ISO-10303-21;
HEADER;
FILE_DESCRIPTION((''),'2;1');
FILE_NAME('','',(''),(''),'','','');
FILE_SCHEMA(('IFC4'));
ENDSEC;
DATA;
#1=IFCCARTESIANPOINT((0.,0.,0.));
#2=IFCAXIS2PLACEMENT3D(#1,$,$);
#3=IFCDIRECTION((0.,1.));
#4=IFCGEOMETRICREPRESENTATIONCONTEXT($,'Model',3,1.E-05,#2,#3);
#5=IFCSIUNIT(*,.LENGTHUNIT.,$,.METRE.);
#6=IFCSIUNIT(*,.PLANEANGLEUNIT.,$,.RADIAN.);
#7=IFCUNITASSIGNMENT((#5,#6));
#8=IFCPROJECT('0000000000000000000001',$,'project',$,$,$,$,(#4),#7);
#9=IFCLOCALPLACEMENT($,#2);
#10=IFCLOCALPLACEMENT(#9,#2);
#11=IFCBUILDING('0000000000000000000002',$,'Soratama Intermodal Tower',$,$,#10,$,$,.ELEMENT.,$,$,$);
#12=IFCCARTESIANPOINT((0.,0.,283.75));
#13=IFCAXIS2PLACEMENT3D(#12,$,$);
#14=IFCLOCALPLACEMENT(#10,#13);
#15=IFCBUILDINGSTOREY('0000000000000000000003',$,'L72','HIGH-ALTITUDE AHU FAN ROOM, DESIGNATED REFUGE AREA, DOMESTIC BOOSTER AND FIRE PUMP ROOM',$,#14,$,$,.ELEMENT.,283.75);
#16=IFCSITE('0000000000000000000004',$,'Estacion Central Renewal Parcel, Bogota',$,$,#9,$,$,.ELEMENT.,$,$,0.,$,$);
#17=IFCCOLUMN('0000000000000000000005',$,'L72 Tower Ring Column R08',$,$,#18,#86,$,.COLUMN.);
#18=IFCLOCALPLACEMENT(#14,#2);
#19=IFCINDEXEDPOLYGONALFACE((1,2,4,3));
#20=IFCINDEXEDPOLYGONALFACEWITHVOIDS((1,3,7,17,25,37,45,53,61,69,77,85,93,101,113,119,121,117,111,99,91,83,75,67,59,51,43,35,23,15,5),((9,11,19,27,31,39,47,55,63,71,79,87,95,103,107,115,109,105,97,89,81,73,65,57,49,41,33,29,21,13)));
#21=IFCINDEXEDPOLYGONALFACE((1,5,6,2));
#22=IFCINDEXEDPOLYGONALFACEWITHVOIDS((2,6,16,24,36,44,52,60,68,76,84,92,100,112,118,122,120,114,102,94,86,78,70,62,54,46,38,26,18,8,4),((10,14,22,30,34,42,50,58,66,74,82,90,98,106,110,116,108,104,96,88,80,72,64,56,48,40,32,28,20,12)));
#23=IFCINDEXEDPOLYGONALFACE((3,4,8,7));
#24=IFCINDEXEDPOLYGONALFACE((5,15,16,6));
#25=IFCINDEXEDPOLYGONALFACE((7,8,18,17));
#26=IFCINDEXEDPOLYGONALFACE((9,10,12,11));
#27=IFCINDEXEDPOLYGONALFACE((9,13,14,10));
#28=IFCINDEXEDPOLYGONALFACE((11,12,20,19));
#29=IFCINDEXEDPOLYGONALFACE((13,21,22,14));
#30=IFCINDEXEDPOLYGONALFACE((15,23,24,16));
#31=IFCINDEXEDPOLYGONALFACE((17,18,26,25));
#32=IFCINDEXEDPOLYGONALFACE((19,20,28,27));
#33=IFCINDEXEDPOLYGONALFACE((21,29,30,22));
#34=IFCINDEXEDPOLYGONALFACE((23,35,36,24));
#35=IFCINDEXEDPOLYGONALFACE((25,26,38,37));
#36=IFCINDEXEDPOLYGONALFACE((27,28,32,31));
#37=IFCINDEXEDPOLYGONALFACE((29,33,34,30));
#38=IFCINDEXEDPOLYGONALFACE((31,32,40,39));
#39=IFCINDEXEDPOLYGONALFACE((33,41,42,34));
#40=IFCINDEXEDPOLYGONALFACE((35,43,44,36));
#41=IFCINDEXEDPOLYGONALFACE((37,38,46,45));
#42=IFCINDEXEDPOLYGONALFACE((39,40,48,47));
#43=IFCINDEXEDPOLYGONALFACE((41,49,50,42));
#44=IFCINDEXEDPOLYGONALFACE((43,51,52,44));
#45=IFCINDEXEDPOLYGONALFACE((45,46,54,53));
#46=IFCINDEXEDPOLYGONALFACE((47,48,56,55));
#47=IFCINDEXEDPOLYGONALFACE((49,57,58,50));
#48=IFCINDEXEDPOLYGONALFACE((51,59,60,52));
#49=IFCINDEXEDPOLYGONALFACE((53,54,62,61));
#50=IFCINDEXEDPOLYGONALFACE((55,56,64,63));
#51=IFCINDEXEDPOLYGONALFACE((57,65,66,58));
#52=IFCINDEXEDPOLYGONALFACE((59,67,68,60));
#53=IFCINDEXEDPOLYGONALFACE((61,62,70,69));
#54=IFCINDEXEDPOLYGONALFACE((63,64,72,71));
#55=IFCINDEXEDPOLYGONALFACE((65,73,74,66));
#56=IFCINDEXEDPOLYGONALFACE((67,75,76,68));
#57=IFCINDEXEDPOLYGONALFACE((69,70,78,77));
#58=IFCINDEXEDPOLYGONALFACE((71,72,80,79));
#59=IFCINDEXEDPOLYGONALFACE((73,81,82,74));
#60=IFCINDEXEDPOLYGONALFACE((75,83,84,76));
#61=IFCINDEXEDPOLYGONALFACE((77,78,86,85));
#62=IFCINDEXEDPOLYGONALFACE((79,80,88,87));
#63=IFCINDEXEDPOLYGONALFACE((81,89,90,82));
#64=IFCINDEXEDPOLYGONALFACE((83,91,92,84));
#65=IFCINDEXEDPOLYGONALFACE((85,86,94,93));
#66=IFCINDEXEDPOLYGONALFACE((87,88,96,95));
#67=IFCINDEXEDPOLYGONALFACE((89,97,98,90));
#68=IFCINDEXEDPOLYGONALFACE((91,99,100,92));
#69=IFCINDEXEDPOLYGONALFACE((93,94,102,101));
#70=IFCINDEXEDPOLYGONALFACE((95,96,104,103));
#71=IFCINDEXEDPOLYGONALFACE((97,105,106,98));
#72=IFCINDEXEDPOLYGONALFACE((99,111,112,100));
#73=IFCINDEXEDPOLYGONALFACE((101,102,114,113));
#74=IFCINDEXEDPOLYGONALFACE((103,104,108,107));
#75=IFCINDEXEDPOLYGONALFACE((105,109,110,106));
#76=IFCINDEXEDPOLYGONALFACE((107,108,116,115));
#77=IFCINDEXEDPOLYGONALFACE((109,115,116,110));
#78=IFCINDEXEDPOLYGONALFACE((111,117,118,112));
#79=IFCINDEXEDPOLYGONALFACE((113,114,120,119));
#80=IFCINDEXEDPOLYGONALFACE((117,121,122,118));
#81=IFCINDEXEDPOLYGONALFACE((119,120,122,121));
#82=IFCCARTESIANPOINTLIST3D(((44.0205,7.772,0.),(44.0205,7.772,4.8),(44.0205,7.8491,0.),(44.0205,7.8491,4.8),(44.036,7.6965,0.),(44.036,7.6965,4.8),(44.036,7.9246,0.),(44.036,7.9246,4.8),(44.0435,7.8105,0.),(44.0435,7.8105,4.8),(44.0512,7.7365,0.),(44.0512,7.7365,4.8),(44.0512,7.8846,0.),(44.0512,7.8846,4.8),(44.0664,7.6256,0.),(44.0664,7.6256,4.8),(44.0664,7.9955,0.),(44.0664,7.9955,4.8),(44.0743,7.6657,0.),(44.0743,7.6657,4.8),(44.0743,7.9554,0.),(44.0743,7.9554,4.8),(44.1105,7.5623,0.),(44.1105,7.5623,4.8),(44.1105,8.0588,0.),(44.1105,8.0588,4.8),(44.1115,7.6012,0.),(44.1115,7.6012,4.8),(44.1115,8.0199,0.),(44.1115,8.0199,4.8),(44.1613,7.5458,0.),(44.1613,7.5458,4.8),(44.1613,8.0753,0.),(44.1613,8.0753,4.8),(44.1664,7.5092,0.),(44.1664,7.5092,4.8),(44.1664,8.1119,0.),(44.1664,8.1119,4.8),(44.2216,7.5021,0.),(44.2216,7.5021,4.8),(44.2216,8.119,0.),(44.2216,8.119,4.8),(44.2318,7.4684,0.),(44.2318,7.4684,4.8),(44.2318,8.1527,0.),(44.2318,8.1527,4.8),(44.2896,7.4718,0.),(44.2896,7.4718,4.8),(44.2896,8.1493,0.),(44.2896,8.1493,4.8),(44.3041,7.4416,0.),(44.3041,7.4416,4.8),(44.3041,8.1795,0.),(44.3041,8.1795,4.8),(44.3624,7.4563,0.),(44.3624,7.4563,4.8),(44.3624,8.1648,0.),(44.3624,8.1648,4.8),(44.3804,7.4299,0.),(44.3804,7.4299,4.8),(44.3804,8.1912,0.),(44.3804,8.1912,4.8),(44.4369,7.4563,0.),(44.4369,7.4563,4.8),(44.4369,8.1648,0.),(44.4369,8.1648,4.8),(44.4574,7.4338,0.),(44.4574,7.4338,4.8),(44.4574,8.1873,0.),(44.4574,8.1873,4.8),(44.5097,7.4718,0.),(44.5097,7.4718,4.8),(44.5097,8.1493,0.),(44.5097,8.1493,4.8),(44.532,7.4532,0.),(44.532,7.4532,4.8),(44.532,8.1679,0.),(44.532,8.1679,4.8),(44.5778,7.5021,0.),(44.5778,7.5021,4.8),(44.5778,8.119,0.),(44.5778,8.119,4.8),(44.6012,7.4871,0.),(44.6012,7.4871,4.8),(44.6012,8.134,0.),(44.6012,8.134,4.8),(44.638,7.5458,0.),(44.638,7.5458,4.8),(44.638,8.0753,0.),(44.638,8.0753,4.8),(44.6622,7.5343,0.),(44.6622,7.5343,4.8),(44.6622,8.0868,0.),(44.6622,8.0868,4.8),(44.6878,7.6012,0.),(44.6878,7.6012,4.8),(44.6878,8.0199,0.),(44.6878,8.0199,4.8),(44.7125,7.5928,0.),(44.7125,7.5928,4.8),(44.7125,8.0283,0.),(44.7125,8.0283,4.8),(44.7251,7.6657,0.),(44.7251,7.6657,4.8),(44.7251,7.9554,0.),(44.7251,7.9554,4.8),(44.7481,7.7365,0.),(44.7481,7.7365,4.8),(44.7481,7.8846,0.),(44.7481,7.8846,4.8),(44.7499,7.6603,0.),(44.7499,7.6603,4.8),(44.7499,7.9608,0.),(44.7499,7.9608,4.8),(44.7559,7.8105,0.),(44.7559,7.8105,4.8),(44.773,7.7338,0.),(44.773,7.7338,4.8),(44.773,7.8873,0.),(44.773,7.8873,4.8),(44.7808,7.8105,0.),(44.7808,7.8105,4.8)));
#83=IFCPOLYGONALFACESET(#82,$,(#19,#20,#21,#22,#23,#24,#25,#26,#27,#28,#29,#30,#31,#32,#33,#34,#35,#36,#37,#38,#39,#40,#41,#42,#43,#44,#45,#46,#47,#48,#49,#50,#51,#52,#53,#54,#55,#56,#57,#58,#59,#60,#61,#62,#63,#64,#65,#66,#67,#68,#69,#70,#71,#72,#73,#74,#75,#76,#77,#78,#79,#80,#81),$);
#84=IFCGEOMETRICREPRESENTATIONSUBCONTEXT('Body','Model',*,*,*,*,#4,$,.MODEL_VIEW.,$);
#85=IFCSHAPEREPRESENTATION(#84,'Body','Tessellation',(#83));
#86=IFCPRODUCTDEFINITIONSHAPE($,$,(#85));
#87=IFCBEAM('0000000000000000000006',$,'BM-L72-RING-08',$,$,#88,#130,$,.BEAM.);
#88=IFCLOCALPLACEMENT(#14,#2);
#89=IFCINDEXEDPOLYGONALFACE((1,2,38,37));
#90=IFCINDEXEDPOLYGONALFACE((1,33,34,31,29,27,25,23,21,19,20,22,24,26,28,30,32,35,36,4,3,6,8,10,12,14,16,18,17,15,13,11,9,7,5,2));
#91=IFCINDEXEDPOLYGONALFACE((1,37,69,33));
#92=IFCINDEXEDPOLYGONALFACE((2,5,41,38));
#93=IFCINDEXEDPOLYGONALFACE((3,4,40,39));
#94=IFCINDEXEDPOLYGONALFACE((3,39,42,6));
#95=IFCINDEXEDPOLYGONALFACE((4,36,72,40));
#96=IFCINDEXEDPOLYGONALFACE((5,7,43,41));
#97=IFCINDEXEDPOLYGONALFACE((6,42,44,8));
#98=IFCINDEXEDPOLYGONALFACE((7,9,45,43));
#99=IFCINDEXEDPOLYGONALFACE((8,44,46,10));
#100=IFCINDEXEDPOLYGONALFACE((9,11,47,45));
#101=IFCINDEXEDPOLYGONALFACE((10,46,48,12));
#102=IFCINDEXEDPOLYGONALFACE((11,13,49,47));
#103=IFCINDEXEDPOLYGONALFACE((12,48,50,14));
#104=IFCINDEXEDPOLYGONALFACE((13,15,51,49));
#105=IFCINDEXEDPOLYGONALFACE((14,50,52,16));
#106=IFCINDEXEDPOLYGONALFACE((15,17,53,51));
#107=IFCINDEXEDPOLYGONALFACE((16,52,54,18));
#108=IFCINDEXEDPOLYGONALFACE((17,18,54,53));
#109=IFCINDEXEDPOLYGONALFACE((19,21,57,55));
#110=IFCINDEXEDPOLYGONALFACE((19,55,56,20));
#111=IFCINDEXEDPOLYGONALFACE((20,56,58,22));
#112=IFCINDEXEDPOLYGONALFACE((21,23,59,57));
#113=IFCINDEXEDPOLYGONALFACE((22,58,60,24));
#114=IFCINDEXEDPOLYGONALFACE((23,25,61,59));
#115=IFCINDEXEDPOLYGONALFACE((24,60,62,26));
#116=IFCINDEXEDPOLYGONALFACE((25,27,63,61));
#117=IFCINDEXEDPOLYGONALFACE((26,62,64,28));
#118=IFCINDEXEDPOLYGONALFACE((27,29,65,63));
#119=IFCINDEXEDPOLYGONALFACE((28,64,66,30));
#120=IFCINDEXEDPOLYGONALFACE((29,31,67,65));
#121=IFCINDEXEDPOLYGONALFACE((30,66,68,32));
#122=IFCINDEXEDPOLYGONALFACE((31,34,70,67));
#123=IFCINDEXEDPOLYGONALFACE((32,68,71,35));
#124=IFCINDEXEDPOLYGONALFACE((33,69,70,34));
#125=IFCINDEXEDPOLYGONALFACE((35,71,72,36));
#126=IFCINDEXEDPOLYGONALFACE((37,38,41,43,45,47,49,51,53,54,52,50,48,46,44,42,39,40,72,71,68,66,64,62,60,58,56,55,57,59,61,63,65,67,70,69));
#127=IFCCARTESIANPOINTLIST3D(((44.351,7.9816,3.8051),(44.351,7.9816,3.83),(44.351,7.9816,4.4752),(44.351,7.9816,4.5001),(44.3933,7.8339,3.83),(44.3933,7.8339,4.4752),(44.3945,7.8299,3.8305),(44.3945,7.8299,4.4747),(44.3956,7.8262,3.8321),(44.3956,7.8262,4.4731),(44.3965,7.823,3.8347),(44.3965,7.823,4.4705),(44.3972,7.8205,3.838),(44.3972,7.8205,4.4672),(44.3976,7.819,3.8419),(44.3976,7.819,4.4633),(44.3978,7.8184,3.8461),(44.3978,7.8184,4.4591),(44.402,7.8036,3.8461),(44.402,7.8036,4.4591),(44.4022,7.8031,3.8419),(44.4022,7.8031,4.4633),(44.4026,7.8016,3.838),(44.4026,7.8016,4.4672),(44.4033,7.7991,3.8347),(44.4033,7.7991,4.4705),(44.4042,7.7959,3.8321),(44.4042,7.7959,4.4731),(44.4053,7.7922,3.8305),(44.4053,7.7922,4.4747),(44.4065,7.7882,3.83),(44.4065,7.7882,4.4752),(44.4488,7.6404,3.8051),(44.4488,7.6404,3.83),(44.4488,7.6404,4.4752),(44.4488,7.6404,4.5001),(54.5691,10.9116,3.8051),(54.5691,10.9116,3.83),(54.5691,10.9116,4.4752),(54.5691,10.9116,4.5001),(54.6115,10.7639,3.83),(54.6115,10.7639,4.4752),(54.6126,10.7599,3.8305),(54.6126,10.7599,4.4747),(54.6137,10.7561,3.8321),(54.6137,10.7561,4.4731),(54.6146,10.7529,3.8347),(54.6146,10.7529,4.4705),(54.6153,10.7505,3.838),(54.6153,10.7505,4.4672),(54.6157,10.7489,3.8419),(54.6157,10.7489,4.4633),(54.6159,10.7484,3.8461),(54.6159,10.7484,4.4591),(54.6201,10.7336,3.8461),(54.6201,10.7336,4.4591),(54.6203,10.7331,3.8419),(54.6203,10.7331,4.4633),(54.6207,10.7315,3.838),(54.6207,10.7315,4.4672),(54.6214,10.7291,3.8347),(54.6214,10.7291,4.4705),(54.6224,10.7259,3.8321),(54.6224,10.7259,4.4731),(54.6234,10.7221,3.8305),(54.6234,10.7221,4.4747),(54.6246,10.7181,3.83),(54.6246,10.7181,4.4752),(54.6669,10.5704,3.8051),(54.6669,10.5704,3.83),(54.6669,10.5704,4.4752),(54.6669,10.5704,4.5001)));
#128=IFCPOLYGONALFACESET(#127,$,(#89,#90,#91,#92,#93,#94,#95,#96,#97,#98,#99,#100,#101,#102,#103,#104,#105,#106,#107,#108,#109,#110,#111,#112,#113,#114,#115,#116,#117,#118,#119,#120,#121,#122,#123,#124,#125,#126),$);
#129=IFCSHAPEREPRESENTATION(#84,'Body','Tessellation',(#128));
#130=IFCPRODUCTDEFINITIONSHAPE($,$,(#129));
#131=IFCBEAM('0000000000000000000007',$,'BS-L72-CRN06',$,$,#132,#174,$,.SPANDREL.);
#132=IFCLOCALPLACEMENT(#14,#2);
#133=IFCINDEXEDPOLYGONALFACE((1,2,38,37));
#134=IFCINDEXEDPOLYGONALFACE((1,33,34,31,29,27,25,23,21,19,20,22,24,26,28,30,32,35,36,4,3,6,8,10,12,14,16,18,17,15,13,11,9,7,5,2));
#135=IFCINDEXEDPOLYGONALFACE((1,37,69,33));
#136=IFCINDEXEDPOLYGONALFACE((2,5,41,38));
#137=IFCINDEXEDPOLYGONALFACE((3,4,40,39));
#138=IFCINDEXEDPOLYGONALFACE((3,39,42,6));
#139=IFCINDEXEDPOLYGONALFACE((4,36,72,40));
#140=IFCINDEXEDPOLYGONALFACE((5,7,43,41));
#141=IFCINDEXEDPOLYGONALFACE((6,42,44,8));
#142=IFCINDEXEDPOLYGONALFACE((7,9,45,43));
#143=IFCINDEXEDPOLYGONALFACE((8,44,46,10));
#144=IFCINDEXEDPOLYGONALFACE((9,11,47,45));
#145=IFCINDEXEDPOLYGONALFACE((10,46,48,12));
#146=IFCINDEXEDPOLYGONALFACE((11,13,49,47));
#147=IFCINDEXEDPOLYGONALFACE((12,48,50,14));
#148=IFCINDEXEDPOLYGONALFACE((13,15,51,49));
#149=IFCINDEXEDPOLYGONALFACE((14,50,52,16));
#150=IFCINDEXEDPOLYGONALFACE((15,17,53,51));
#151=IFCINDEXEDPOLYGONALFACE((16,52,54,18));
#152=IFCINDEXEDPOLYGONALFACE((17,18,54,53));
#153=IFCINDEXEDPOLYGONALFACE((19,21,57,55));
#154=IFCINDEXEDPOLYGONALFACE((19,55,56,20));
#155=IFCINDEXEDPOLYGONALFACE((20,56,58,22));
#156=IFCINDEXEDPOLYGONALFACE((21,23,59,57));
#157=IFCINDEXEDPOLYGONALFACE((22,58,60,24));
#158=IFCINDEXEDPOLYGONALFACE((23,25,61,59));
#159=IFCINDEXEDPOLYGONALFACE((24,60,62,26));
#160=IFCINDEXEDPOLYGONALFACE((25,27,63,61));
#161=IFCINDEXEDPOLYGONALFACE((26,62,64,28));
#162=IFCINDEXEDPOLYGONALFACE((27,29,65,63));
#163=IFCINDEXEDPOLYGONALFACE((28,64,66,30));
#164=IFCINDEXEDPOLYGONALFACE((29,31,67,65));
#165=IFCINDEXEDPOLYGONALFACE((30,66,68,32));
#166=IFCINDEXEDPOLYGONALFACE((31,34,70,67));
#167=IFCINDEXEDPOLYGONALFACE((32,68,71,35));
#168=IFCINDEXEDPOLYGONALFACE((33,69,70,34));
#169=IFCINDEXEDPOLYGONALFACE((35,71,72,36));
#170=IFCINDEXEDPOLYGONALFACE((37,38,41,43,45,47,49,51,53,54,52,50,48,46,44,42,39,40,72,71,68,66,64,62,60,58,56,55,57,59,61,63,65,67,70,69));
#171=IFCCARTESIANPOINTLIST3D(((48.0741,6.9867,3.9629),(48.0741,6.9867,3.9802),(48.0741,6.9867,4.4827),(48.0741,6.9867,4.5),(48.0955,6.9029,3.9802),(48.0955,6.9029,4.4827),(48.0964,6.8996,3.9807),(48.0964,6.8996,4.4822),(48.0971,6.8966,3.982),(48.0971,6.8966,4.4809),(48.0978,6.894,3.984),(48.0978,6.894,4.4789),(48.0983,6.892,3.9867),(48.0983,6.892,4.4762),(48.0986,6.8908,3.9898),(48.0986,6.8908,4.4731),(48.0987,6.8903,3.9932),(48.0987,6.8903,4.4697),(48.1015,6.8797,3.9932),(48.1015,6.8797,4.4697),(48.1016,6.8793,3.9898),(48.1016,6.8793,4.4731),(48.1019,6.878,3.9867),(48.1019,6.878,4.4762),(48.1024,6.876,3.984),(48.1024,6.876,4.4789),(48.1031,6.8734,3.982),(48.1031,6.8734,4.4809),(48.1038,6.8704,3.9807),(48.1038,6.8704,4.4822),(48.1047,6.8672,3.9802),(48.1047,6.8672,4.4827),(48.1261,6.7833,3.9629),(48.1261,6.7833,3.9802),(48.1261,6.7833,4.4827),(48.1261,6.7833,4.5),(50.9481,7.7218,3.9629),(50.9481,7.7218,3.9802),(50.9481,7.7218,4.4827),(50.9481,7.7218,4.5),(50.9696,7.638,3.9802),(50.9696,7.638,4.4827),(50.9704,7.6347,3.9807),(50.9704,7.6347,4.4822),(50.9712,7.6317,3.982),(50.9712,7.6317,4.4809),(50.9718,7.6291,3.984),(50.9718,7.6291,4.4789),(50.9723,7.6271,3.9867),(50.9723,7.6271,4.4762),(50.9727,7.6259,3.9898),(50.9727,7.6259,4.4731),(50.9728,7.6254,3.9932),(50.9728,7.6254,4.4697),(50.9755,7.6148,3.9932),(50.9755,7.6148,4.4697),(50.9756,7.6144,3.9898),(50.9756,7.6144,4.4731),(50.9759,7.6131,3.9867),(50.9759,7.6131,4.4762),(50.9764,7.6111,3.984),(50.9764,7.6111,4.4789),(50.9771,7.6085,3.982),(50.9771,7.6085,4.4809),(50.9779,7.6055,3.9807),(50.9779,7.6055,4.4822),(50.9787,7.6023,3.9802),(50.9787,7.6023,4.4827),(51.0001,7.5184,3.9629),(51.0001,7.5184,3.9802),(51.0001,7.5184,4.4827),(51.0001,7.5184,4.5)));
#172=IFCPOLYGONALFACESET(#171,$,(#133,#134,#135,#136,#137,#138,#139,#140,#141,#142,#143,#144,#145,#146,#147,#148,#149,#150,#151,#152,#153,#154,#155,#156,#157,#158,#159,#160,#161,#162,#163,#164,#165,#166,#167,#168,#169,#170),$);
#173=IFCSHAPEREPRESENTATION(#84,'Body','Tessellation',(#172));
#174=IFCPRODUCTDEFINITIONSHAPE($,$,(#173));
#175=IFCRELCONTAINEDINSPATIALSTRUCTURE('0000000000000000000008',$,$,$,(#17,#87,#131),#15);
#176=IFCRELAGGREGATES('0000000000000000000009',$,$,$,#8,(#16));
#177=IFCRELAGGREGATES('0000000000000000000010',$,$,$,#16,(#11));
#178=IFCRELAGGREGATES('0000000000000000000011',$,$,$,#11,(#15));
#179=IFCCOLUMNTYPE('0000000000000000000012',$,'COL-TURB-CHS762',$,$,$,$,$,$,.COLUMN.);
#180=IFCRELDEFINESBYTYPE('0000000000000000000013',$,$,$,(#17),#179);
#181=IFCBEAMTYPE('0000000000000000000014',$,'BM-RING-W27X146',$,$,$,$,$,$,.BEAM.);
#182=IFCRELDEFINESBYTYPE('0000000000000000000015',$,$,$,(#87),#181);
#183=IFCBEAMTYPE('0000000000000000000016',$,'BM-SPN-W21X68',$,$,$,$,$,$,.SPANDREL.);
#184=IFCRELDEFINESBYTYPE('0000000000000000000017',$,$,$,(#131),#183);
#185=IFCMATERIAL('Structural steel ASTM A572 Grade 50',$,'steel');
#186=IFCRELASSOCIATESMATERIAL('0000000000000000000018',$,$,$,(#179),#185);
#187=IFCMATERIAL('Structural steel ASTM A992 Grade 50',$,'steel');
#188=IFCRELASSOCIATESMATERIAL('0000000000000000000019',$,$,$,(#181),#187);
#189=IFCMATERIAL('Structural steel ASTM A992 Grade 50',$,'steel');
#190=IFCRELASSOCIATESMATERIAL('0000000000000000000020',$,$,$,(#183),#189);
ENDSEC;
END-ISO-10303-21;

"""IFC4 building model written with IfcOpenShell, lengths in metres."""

from ifc_helpers import new_model, si_unit, direction, frame, origin, origin_2d, place, context, subcontext, project, spatial, hollow_circle, i_section, extrude, material, material_profile, profile_set, type_object, element, save


model = new_model("IFC4")

# Units and contexts
model_context = context("Model", 3, precision=1e-05, world=origin(), true_north=direction((0.0, 1.0)))
body_context = subcontext(model_context, "Body", "Model", "MODEL_VIEW")
ifc_project = project(units=[si_unit("LENGTHUNIT", "METRE"), si_unit("PLANEANGLEUNIT", "RADIAN")], contexts=[model_context])

# Site, building, storey
site_placement = place(None, origin())
site = spatial("IfcSite", under=ifc_project, at=site_placement, Name="Estacion Central Renewal Parcel, Bogota", CompositionType="ELEMENT", RefElevation=0.0)
building_placement = place(site_placement, origin())
building = spatial("IfcBuilding", under=site, at=building_placement, Name="Soratama Intermodal Tower", CompositionType="ELEMENT")
storey_placement = place(building_placement, frame((0.0, 0.0, 283.75)))
storey = spatial("IfcBuildingStorey", under=building, at=storey_placement, Name="L72", Description="HIGH-ALTITUDE AHU FAN ROOM, DESIGNATED REFUGE AREA, DOMESTIC BOOSTER AND FIRE PUMP ROOM", CompositionType="ELEMENT", Elevation=283.75)

# Column
ifc_material_1 = material(Name="Structural steel ASTM A572 Grade 50", Category="steel")
ifc_material_profile_1 = material_profile(ifc_material_1, hollow_circle(Radius=0.3811, WallThickness=0.0249, at=origin_2d()), Name="CHS762X25")
ifc_profile_set_1 = profile_set([ifc_material_profile_1], Name="Structural steel ASTM A572 Grade 50")
column_type = type_object("IfcColumnType", Name="COL-TURB-CHS762", PredefinedType="COLUMN", material=ifc_profile_set_1)
column_placement = place(storey_placement, frame((44.3997, 7.8105, 0.0), z_axis=(0.0, 0.0, 1.0), x_axis=(1.0, 0.0, 0.0)))
element("IfcColumn", 1, at=column_placement, inside=storey, type_object=column_type, Name="L72 Tower Ring Column R08", PredefinedType="COLUMN", context=body_context, shape_type="SweptSolid", body=[
    extrude(hollow_circle(Radius=0.3811, WallThickness=0.0249, at=origin_2d()), origin(), (0.0, 0.0, 1.0), 4.8),
])

# Beams
ifc_material_2 = material(Name="Structural steel ASTM A992 Grade 50", Category="steel")
ifc_material_profile_2 = material_profile(ifc_material_2, i_section(OverallWidth=0.355, OverallDepth=0.6951, WebThickness=0.0154, FlangeThickness=0.0249, FilletRadius=0.0161, at=origin_2d()), Name="W27X146")
ifc_profile_set_2 = profile_set([ifc_material_profile_2], Name="Structural steel ASTM A992 Grade 50")
beam_type_1 = type_object("IfcBeamType", Name="BM-RING-W27X146", PredefinedType="BEAM", material=ifc_profile_set_2)
beam_1_placement = place(storey_placement, frame((44.3999, 7.811, 4.1526), z_axis=(0.961263, 0.275634, 0.0), x_axis=(-0.275634, 0.961263, 0.0)))
element("IfcBeam", 2, at=beam_1_placement, inside=storey, type_object=beam_type_1, Name="BM-L72-RING-08", PredefinedType="BEAM", context=body_context, shape_type="SweptSolid", body=[
    extrude(i_section(OverallWidth=0.355, OverallDepth=0.6951, WebThickness=0.0154, FlangeThickness=0.0249, FilletRadius=0.0161, at=origin_2d()), origin(), (0.0, 0.0, 1.0), 10.6299),
])
ifc_material_3 = material(Name="Structural steel ASTM A992 Grade 50", Category="steel")
ifc_material_profile_3 = material_profile(ifc_material_3, i_section(OverallWidth=0.21, OverallDepth=0.5371, WebThickness=0.011, FlangeThickness=0.0173, FilletRadius=0.0129, at=origin_2d()), Name="W21X68")
ifc_profile_set_3 = profile_set([ifc_material_profile_3], Name="Structural steel ASTM A992 Grade 50")
beam_type_2 = type_object("IfcBeamType", Name="BM-SPN-W21X68", PredefinedType="SPANDREL", material=ifc_profile_set_3)
beam_2_placement = place(storey_placement, frame((48.1001, 6.885, 4.2314), z_axis=(0.968811, 0.247799, 0.0), x_axis=(-0.247799, 0.968811, 0.0)))
element("IfcBeam", 3, at=beam_2_placement, inside=storey, type_object=beam_type_2, Name="BS-L72-CRN06", PredefinedType="SPANDREL", context=body_context, shape_type="SweptSolid", body=[
    extrude(i_section(OverallWidth=0.21, OverallDepth=0.5371, WebThickness=0.011, FlangeThickness=0.0173, FilletRadius=0.0129, at=origin_2d()), origin(), (0.0, 0.0, 1.0), 2.9666),
])

save(model, "model.ifc")
